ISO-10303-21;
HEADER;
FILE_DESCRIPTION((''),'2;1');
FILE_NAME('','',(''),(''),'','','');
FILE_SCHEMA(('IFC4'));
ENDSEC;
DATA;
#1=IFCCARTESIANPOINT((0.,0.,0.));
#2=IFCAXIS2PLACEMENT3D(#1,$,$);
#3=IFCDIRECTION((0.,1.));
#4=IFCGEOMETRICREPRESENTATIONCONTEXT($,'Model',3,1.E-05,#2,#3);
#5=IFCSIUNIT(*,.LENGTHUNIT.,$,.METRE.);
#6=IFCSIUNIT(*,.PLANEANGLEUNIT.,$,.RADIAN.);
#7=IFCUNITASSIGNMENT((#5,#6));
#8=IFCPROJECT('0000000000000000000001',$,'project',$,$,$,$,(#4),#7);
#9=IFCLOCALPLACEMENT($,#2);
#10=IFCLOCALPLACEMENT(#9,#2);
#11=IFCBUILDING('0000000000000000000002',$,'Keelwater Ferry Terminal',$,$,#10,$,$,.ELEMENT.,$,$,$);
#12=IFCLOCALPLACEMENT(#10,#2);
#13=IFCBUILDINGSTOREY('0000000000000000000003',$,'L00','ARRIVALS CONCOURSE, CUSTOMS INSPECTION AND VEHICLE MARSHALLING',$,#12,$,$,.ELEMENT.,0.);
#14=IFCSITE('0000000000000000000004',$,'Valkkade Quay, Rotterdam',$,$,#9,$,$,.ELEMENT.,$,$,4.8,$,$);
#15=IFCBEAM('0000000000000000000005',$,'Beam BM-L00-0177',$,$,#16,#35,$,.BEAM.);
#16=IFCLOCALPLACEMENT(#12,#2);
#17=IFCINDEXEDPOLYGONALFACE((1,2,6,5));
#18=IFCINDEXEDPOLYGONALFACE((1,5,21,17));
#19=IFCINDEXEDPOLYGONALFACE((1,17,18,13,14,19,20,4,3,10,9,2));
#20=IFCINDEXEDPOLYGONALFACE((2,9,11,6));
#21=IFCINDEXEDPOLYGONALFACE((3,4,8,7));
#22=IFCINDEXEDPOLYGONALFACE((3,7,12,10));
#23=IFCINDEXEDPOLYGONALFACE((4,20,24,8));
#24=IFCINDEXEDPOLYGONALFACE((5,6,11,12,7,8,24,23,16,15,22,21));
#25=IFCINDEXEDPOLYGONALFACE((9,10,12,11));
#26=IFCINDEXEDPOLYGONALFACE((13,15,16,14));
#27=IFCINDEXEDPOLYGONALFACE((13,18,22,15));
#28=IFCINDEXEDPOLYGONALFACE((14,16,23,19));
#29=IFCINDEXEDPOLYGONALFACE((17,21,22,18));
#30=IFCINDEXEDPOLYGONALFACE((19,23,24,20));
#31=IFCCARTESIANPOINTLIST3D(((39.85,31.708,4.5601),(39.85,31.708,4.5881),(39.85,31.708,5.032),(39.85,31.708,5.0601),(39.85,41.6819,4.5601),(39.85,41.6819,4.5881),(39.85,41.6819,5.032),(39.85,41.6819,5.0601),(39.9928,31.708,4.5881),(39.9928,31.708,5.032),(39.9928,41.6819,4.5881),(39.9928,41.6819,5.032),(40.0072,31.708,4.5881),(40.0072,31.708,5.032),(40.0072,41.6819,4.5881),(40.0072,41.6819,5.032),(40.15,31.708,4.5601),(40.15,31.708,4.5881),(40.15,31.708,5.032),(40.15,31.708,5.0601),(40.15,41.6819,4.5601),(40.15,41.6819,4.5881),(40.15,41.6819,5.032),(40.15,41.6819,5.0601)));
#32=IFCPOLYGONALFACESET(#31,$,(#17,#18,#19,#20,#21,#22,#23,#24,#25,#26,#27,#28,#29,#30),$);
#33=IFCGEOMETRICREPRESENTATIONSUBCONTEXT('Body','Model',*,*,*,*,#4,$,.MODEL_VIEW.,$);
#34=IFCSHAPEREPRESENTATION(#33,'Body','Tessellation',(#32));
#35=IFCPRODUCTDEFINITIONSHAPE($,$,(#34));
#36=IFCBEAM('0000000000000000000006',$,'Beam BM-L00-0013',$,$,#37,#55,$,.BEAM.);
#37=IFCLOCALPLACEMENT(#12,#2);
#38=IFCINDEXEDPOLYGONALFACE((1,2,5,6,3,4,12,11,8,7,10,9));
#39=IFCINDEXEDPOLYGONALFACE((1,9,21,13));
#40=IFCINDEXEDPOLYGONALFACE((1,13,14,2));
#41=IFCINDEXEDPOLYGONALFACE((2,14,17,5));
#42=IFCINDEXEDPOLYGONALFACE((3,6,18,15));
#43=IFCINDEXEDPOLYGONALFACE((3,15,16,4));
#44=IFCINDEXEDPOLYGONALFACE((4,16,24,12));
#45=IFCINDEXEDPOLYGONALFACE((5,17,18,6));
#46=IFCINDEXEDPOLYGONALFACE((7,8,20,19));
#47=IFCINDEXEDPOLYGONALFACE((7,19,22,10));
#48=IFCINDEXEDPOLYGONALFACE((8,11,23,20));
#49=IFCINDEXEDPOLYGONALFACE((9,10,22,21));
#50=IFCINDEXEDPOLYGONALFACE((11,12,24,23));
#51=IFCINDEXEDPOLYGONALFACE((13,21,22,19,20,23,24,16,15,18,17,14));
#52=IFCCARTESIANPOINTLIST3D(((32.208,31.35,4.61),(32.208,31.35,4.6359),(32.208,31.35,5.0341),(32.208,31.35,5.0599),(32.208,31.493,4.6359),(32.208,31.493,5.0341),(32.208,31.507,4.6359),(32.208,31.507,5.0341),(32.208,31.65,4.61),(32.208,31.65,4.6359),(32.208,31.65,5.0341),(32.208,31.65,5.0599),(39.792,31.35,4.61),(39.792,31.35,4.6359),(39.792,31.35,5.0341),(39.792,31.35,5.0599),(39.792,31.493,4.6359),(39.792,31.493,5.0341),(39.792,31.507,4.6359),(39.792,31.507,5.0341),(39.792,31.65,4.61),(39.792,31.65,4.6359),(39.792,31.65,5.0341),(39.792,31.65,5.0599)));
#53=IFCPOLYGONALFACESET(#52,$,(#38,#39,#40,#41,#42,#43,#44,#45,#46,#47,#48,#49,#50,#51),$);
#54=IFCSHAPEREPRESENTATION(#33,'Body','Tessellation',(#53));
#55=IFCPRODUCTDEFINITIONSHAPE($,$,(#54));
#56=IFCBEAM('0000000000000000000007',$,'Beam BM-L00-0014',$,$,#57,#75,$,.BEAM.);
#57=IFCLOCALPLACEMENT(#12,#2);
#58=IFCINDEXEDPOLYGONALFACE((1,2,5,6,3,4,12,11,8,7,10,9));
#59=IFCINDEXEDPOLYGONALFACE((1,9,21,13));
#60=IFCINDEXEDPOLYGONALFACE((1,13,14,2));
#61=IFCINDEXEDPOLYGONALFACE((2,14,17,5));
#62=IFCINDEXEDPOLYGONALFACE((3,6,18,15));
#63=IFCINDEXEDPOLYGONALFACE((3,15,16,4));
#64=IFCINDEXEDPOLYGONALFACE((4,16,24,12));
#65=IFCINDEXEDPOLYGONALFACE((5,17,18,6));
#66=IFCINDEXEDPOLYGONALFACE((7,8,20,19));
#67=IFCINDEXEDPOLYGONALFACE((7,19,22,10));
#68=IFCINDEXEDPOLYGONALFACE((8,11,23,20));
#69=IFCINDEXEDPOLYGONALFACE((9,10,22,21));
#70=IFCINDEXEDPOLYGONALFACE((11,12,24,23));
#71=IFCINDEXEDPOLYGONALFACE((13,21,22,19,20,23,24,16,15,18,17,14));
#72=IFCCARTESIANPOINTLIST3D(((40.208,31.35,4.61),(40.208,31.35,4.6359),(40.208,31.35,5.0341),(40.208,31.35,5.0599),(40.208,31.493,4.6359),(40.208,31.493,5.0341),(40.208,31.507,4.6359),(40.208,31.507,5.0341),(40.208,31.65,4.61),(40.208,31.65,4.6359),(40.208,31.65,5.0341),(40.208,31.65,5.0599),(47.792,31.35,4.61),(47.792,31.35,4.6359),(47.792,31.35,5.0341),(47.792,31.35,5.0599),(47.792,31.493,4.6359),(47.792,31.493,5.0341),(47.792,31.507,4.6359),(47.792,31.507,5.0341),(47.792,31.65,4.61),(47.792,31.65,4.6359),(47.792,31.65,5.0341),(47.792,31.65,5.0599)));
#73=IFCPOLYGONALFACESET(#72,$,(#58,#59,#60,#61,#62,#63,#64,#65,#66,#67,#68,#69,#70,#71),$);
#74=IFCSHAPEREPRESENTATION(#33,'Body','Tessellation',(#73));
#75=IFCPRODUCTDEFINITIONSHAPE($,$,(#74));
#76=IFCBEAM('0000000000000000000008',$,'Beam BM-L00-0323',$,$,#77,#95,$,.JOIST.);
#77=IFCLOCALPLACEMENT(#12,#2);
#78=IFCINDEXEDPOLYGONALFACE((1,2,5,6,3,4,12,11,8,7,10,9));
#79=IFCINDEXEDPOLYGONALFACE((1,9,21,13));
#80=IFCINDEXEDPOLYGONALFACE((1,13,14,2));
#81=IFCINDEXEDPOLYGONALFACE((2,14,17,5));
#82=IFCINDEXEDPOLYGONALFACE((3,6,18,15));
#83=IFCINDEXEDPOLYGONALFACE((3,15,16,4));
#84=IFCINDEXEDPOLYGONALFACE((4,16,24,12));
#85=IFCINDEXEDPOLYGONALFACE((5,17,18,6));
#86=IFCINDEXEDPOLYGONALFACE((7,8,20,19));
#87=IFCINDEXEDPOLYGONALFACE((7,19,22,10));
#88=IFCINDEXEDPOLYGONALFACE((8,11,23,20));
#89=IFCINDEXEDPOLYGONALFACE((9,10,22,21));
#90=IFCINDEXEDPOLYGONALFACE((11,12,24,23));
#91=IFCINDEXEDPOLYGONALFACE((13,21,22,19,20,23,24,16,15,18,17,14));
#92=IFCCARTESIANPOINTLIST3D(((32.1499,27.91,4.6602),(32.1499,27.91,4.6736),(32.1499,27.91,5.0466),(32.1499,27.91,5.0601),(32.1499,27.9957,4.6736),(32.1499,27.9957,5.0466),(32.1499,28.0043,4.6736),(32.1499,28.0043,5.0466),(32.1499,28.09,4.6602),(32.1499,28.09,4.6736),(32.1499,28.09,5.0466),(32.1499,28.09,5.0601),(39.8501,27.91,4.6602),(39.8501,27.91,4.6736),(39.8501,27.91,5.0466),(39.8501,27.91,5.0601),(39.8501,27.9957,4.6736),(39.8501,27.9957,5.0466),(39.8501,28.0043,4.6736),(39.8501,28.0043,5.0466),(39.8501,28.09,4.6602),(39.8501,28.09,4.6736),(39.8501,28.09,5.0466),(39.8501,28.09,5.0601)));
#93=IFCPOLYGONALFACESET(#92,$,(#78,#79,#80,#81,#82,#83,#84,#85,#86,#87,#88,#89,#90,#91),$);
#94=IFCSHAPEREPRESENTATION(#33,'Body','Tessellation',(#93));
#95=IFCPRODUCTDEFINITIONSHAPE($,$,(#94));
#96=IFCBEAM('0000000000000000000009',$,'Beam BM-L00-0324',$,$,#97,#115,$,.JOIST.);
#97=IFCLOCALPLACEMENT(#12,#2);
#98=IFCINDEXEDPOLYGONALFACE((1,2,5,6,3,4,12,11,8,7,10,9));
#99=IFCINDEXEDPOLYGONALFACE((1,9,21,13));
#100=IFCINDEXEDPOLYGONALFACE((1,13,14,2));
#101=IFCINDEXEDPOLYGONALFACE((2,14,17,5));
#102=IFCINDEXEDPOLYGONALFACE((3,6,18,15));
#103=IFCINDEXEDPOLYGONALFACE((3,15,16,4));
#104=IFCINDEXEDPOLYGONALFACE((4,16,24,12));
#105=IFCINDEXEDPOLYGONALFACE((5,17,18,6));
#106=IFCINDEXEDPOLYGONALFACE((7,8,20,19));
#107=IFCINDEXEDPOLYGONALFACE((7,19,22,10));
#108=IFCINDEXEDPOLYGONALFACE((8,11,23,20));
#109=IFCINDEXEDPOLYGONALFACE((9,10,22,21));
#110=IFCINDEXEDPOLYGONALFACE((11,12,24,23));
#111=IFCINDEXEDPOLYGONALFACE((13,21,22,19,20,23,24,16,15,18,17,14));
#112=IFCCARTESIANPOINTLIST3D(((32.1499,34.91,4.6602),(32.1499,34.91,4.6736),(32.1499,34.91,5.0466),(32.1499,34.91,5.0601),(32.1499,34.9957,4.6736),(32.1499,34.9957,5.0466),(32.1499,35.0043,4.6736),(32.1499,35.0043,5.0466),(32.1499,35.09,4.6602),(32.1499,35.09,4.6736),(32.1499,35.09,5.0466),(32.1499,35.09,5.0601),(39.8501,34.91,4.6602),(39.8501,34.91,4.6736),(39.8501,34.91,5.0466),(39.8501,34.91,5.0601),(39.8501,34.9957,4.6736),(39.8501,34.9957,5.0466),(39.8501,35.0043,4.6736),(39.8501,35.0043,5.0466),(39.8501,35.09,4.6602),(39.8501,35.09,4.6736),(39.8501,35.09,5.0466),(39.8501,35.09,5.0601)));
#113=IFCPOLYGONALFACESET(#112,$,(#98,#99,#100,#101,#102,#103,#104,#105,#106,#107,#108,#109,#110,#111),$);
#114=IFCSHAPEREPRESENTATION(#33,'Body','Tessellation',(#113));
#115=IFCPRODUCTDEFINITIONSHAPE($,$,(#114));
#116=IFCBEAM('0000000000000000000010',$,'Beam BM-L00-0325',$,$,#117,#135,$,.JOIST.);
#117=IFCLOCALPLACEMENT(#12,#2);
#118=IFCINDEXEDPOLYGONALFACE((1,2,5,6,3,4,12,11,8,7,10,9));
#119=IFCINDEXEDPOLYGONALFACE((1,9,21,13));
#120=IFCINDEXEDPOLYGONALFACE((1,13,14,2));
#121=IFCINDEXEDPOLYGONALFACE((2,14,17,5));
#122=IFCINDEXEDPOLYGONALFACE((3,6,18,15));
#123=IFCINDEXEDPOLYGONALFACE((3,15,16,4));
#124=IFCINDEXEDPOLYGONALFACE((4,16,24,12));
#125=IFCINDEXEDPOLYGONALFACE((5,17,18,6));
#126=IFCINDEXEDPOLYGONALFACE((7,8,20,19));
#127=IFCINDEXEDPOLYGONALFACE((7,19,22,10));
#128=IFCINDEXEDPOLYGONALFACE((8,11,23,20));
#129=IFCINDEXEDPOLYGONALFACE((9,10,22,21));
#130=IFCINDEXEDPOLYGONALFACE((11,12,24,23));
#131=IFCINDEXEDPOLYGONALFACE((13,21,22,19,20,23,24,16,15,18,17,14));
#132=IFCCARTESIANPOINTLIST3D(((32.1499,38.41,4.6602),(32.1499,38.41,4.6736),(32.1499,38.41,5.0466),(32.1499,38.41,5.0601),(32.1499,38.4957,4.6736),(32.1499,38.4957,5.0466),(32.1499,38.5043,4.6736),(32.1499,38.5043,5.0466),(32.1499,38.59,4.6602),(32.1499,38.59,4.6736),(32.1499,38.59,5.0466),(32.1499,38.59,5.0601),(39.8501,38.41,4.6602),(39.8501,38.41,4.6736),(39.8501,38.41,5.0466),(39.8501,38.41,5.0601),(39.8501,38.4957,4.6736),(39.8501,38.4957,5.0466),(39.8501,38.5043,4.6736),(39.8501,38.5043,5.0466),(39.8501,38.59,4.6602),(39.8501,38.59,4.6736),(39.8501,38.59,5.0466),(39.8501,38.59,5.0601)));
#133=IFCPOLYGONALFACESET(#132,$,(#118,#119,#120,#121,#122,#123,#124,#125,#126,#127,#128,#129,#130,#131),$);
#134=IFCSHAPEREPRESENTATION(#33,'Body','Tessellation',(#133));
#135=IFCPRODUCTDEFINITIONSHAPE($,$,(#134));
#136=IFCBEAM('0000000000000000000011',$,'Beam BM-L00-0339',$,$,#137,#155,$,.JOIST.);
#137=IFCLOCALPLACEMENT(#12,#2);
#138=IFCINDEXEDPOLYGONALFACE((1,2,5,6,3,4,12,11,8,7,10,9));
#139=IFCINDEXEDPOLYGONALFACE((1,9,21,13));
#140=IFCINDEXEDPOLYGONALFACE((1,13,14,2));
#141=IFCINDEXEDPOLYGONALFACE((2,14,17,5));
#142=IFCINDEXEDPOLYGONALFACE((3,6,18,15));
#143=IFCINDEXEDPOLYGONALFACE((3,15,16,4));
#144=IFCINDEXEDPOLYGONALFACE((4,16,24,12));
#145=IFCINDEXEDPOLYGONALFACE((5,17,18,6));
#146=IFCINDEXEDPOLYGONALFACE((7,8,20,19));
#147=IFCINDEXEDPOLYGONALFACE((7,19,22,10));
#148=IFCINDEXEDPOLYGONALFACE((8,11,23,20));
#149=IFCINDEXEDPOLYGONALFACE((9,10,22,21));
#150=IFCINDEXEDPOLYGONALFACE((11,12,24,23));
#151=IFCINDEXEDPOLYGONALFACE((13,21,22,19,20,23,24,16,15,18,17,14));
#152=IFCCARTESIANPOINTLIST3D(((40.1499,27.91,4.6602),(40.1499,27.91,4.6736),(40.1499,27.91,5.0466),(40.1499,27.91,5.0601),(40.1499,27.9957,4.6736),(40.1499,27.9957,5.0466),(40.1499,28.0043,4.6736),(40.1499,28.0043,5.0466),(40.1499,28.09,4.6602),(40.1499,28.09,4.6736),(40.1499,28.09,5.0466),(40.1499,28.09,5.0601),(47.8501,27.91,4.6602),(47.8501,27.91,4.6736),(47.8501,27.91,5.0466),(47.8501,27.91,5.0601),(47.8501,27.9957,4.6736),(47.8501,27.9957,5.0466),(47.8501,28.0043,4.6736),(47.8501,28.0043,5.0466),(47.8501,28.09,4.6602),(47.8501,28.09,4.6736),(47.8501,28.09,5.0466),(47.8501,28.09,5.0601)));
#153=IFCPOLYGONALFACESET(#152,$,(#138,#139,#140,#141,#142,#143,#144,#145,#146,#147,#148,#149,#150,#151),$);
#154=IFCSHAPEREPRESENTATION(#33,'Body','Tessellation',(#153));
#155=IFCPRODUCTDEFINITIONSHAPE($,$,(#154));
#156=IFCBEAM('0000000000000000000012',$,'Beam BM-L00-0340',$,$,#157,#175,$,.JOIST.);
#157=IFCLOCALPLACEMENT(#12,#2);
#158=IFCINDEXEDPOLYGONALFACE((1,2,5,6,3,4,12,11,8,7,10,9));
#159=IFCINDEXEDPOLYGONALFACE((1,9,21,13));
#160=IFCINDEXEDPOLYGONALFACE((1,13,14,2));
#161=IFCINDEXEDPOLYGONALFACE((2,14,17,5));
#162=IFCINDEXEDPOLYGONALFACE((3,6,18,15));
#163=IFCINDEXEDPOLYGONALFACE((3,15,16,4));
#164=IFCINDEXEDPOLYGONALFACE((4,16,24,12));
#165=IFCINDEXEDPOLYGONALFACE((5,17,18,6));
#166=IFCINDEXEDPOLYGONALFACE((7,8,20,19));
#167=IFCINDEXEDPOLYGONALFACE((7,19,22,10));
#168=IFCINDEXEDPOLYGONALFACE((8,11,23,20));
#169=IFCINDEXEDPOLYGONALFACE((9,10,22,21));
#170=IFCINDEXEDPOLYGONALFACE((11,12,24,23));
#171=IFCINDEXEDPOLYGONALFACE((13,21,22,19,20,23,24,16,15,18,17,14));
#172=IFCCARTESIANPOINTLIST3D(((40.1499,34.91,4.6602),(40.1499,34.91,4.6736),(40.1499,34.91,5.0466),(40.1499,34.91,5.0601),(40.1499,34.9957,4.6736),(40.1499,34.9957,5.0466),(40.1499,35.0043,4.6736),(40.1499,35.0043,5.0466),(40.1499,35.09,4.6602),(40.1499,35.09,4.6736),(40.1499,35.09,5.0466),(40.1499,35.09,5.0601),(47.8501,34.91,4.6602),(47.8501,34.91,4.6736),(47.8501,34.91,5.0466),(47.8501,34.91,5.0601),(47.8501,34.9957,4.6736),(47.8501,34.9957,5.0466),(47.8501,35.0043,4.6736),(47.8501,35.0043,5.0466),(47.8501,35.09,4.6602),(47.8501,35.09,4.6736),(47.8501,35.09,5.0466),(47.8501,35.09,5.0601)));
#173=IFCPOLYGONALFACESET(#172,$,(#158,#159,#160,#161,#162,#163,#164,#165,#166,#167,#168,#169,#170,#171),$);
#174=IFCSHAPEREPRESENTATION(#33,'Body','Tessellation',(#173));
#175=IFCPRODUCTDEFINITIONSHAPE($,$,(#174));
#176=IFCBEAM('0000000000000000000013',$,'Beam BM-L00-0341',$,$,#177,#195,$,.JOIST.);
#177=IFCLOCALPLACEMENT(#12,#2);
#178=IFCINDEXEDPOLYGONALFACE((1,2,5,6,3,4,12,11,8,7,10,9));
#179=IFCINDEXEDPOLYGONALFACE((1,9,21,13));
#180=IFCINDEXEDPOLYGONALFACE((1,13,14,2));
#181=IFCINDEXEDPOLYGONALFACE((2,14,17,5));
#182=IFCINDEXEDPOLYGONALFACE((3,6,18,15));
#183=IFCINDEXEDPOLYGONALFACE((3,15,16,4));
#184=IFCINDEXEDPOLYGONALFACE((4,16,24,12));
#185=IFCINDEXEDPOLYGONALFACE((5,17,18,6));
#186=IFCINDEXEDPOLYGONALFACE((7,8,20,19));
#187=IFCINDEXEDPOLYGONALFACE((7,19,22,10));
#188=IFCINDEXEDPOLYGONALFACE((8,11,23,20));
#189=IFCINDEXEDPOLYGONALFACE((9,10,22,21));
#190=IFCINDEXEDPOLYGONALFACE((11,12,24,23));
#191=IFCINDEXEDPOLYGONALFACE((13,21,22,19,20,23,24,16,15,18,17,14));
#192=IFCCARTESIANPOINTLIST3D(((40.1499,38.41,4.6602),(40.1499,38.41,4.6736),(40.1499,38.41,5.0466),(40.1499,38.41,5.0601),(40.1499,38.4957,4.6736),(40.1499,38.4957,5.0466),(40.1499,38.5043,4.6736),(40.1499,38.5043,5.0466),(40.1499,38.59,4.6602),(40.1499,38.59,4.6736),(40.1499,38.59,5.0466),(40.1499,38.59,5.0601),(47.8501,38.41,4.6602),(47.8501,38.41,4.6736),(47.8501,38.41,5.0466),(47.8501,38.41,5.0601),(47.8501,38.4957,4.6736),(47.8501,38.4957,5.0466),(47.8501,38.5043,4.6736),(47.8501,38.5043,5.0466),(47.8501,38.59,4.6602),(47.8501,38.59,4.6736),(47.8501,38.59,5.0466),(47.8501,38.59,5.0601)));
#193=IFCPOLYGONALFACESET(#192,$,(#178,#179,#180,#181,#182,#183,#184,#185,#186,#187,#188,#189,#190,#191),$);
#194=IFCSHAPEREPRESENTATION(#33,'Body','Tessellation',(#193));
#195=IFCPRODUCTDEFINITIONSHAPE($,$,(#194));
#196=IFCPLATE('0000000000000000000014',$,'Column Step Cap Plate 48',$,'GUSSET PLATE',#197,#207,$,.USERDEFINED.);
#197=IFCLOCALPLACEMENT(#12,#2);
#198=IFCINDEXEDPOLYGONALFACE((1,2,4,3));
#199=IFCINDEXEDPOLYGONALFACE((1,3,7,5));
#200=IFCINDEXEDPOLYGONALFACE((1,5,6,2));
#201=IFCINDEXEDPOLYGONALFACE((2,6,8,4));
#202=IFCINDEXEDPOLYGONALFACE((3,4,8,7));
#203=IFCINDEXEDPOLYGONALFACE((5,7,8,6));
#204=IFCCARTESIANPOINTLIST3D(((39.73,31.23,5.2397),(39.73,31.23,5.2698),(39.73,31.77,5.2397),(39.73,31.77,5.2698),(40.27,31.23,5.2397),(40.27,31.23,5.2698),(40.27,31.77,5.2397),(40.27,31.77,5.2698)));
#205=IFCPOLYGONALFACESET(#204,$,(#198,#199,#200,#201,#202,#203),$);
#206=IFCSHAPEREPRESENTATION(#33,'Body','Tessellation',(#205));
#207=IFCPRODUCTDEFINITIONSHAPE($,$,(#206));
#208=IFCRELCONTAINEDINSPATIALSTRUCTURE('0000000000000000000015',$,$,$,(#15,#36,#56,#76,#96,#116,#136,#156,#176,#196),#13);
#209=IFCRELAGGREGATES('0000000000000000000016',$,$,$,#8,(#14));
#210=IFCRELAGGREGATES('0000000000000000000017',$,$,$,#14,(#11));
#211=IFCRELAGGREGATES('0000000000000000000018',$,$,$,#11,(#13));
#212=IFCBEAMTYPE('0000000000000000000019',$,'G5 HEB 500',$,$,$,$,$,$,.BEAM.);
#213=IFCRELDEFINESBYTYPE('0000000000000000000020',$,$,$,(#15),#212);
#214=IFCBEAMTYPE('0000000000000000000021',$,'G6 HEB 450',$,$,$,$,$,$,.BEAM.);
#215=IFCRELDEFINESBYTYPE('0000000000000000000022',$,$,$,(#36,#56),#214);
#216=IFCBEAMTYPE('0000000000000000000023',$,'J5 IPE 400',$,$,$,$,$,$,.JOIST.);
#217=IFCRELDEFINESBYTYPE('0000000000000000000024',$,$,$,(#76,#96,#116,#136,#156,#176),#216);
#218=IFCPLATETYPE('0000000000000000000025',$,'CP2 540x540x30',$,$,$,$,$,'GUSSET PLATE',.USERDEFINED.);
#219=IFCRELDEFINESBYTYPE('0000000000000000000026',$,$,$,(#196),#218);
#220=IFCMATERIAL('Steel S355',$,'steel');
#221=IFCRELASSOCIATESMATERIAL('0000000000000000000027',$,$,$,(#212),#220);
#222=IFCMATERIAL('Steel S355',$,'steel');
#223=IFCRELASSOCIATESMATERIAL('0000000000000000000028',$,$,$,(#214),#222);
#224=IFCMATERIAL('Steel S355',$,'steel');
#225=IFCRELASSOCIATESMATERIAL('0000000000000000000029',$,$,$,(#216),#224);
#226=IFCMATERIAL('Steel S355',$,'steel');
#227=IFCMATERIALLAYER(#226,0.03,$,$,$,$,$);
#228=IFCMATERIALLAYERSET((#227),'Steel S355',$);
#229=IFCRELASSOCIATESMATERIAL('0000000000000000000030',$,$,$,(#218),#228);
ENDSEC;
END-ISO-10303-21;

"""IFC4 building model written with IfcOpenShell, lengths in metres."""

from ifc_helpers import new_model, si_unit, direction, frame, origin, origin_2d, place, context, subcontext, project, spatial, rectangle, i_section, extrude, material, layer, layer_set, material_profile, profile_set, type_object, element, save


model = new_model("IFC4")

# Units and contexts
model_context = context("Model", 3, precision=1e-05, world=origin(), true_north=direction((0.0, 1.0)))
body_context = subcontext(model_context, "Body", "Model", "MODEL_VIEW")
ifc_project = project(units=[si_unit("LENGTHUNIT", "METRE"), si_unit("PLANEANGLEUNIT", "RADIAN")], contexts=[model_context])

# Site, building, storey
site_placement = place(None, origin())
site = spatial("IfcSite", under=ifc_project, at=site_placement, Name="Valkkade Quay, Rotterdam", CompositionType="ELEMENT", RefElevation=4.8)
building_placement = place(site_placement, origin())
building = spatial("IfcBuilding", under=site, at=building_placement, Name="Keelwater Ferry Terminal", CompositionType="ELEMENT")
storey_placement = place(building_placement, origin())
storey = spatial("IfcBuildingStorey", under=building, at=storey_placement, Name="L00", Description="ARRIVALS CONCOURSE, CUSTOMS INSPECTION AND VEHICLE MARSHALLING", CompositionType="ELEMENT", Elevation=0.0)

# Beams
ifc_material_1 = material(Name="Steel S355", Category="steel")
ifc_material_profile_1 = material_profile(ifc_material_1, i_section(OverallWidth=0.3, OverallDepth=0.5, WebThickness=0.0144, FlangeThickness=0.0281, at=origin_2d()), Name="HEB 500")
ifc_profile_set_1 = profile_set([ifc_material_profile_1], Name="Steel S355")
beam_type_1 = type_object("IfcBeamType", Name="G5 HEB 500", PredefinedType="BEAM", material=ifc_profile_set_1)
beam_placement = place(storey_placement, frame((40.0, 31.708, 4.8101), z_axis=(0.0, 1.0, 0.0), x_axis=(-1.0, 0.0, 0.0)))
element("IfcBeam", 1, at=beam_placement, inside=storey, type_object=beam_type_1, Name="Beam BM-L00-0177", PredefinedType="BEAM", context=body_context, shape_type="SweptSolid", body=[
    extrude(i_section(OverallWidth=0.3, OverallDepth=0.5, WebThickness=0.0144, FlangeThickness=0.0281, at=origin_2d()), origin(), (0.0, 0.0, 1.0), 9.9739),
])
ifc_material_2 = material(Name="Steel S355", Category="steel")
ifc_material_profile_2 = material_profile(ifc_material_2, i_section(OverallWidth=0.3, OverallDepth=0.45, WebThickness=0.0139, FlangeThickness=0.0259, at=origin_2d()), Name="HEB 450")
ifc_profile_set_2 = profile_set([ifc_material_profile_2], Name="Steel S355")
beam_type_2 = type_object("IfcBeamType", Name="G6 HEB 450", PredefinedType="BEAM", material=ifc_profile_set_2)
for number, where, z_axis, x_axis, name in (
    (2, (32.208, 31.5, 4.835), (1.0, 0.0, 0.0), (0.0, 1.0, 0.0), "Beam BM-L00-0013"),
    (3, (40.208, 31.5, 4.835), (1.0, 0.0, 0.0), (0.0, 1.0, 0.0), "Beam BM-L00-0014"),
):
    element("IfcBeam", number, at=place(storey_placement, frame(where, z_axis=z_axis, x_axis=x_axis)), inside=storey, type_object=beam_type_2, Name=name, PredefinedType="BEAM", context=body_context, shape_type="SweptSolid", body=[
        extrude(i_section(OverallWidth=0.3, OverallDepth=0.45, WebThickness=0.0139, FlangeThickness=0.0259, at=origin_2d()), origin(), (0.0, 0.0, 1.0), 7.584),
    ])
ifc_material_3 = material(Name="Steel S355", Category="steel")
ifc_material_profile_3 = material_profile(ifc_material_3, i_section(OverallWidth=0.1799, OverallDepth=0.3999, WebThickness=0.0085, FlangeThickness=0.0134, at=origin_2d()), Name="IPE 400")
ifc_profile_set_3 = profile_set([ifc_material_profile_3], Name="Steel S355")
beam_type_3 = type_object("IfcBeamType", Name="J5 IPE 400", PredefinedType="JOIST", material=ifc_profile_set_3)
for number, where, z_axis, x_axis, name in (
    (4, (32.1499, 28.0, 4.8601), (1.0, 0.0, 0.0), (0.0, 1.0, 0.0), "Beam BM-L00-0323"),
    (5, (32.1499, 35.0, 4.8601), (1.0, 0.0, 0.0), (0.0, 1.0, 0.0), "Beam BM-L00-0324"),
    (6, (32.1499, 38.5, 4.8601), (1.0, 0.0, 0.0), (0.0, 1.0, 0.0), "Beam BM-L00-0325"),
    (7, (40.1499, 28.0, 4.8601), (1.0, 0.0, 0.0), (0.0, 1.0, 0.0), "Beam BM-L00-0339"),
    (8, (40.1499, 35.0, 4.8601), (1.0, 0.0, 0.0), (0.0, 1.0, 0.0), "Beam BM-L00-0340"),
    (9, (40.1499, 38.5, 4.8601), (1.0, 0.0, 0.0), (0.0, 1.0, 0.0), "Beam BM-L00-0341"),
):
    element("IfcBeam", number, at=place(storey_placement, frame(where, z_axis=z_axis, x_axis=x_axis)), inside=storey, type_object=beam_type_3, Name=name, PredefinedType="JOIST", context=body_context, shape_type="SweptSolid", body=[
        extrude(i_section(OverallWidth=0.1799, OverallDepth=0.3999, WebThickness=0.0085, FlangeThickness=0.0134, at=origin_2d()), origin(), (0.0, 0.0, 1.0), 7.7002),
    ])

# Plate
ifc_material_4 = material(Name="Steel S355", Category="steel")
ifc_layer_1 = layer(ifc_material_4, 0.03)
ifc_layer_set_1 = layer_set([ifc_layer_1], Name="Steel S355")
plate_type_1 = type_object("IfcPlateType", Name="CP2 540x540x30", ElementType="GUSSET PLATE", PredefinedType="USERDEFINED", material=ifc_layer_set_1)
plate_1_placement = place(storey_placement, frame((40.0, 31.5, 5.2397), z_axis=(0.0, 0.0, 1.0), x_axis=(1.0, 0.0, 0.0)))
element("IfcPlate", 10, at=plate_1_placement, inside=storey, type_object=plate_type_1, Name="Column Step Cap Plate 48", ObjectType="GUSSET PLATE", PredefinedType="USERDEFINED", context=body_context, shape_type="SweptSolid", body=[
    extrude(rectangle(XDim=0.54, YDim=0.54, at=origin_2d()), origin(), (0.0, 0.0, 1.0), 0.03),
])

save(model, "model.ifc")
